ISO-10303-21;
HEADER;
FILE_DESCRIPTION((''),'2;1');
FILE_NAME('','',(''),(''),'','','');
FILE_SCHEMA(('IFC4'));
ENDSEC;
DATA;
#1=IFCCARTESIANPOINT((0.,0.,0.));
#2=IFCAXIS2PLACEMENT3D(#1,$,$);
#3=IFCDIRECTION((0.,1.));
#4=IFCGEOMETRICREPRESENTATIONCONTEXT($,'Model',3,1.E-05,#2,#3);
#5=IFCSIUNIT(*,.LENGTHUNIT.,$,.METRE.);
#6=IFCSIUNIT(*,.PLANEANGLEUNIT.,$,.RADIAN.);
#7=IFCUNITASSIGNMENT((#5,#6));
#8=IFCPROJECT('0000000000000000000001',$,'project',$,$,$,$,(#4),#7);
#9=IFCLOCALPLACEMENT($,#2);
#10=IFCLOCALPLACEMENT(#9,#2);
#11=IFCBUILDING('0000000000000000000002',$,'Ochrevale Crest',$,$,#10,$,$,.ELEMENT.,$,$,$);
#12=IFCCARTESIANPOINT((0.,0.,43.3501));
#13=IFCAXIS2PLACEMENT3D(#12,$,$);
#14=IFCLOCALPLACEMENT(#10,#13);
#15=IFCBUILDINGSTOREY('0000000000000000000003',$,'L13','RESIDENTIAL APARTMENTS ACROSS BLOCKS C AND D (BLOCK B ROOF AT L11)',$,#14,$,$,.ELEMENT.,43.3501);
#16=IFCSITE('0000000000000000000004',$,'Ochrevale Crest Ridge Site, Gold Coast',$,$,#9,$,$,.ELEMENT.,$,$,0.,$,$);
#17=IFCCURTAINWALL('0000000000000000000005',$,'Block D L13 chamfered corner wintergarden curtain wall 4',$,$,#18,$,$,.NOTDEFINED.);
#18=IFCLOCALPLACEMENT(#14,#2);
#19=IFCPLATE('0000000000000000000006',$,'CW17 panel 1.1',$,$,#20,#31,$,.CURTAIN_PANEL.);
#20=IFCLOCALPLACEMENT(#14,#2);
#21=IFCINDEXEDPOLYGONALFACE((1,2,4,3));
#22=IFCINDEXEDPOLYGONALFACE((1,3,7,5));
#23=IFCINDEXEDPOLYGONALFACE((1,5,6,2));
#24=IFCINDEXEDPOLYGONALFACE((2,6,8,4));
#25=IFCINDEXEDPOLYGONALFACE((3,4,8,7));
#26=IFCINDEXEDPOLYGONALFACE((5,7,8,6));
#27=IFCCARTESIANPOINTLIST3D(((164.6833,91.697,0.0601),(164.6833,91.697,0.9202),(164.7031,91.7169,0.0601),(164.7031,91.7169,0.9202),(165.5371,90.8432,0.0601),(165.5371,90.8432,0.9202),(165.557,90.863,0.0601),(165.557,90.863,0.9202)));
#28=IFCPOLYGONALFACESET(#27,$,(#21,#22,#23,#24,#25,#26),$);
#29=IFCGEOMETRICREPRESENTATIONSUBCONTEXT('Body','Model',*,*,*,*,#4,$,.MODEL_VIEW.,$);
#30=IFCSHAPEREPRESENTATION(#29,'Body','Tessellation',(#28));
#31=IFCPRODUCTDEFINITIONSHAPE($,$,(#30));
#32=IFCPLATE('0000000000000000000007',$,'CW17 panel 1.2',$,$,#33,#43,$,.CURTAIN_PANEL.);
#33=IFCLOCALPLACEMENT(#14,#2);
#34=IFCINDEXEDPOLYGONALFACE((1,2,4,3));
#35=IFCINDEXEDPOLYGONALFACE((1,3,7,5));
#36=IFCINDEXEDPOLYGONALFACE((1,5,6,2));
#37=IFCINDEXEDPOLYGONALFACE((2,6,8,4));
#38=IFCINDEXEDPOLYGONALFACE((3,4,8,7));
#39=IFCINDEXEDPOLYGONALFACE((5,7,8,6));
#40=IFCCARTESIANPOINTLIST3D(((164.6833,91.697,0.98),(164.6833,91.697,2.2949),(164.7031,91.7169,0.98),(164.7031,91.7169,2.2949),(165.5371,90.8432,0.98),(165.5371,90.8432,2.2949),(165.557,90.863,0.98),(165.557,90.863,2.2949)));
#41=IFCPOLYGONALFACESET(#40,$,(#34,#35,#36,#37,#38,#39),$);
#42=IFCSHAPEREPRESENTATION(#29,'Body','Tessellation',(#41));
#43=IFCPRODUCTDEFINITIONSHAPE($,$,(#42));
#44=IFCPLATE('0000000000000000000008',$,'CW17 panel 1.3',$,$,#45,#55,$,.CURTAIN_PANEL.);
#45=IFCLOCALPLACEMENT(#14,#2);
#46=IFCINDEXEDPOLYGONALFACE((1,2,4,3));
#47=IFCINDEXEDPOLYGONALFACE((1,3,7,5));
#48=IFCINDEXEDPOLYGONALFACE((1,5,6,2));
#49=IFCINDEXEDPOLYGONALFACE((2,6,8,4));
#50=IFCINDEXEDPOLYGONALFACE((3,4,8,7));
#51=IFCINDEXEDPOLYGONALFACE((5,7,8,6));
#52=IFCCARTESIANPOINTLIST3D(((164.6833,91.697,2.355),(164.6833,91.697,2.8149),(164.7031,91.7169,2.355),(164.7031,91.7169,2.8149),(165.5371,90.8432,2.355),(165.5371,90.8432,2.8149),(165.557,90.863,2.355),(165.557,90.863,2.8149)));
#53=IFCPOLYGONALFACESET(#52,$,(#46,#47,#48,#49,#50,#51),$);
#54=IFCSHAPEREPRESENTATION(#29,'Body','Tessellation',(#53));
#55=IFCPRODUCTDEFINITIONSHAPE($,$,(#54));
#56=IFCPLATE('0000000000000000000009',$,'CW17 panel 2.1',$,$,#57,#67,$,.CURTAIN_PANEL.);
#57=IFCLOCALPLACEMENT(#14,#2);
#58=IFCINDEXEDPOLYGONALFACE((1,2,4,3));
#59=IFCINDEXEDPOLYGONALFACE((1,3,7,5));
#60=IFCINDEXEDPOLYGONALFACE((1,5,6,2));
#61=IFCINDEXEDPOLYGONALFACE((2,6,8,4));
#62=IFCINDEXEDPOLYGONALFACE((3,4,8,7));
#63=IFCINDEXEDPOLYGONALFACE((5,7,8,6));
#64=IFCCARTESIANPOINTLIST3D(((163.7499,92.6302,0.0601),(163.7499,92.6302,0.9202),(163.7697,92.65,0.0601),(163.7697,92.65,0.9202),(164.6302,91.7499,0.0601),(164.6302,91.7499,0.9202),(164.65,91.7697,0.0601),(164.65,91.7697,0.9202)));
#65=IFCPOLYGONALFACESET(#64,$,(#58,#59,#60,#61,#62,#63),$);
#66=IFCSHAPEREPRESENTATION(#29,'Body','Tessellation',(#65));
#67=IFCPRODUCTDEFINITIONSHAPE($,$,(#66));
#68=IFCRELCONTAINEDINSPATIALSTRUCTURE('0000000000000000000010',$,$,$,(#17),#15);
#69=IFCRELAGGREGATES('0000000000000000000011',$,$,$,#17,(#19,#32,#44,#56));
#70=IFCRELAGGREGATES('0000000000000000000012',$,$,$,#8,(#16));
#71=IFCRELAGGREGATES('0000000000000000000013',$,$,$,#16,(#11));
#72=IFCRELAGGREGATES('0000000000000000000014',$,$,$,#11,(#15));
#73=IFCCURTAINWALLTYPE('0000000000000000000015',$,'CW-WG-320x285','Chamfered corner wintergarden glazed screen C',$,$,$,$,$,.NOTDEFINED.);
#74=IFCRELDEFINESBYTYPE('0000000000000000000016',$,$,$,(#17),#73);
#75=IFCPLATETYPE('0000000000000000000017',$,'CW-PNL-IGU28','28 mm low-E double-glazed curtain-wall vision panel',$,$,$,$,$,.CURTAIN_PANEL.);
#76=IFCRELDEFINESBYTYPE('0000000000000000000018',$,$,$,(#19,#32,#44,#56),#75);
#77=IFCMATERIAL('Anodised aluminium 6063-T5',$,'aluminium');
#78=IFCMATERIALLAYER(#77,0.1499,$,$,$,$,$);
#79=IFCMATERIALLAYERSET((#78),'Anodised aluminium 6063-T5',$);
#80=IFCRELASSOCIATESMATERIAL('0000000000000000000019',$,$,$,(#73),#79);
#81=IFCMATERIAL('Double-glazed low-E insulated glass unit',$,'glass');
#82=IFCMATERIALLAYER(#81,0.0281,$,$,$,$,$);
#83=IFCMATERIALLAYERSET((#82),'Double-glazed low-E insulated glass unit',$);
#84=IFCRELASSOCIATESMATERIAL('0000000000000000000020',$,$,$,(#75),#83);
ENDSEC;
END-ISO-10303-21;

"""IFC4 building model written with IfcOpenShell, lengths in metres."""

from ifc_helpers import new_model, si_unit, direction, frame, origin, origin_2d, place, context, subcontext, project, spatial, rectangle, extrude, material, layer, layer_set, type_object, element, aggregate, save


model = new_model("IFC4")

# Units and contexts
model_context = context("Model", 3, precision=1e-05, world=origin(), true_north=direction((0.0, 1.0)))
body_context = subcontext(model_context, "Body", "Model", "MODEL_VIEW")
ifc_project = project(units=[si_unit("LENGTHUNIT", "METRE"), si_unit("PLANEANGLEUNIT", "RADIAN")], contexts=[model_context])

# Site, building, storey
site_placement = place(None, origin())
site = spatial("IfcSite", under=ifc_project, at=site_placement, Name="Ochrevale Crest Ridge Site, Gold Coast", CompositionType="ELEMENT", RefElevation=0.0)
building_placement = place(site_placement, origin())
building = spatial("IfcBuilding", under=site, at=building_placement, Name="Ochrevale Crest", CompositionType="ELEMENT")
storey_placement = place(building_placement, frame((0.0, 0.0, 43.3501)))
storey = spatial("IfcBuildingStorey", under=building, at=storey_placement, Name="L13", Description="RESIDENTIAL APARTMENTS ACROSS BLOCKS C AND D (BLOCK B ROOF AT L11)", CompositionType="ELEMENT", Elevation=43.3501)

# Curtain wall, plates
ifc_material_1 = material(Name="Anodised aluminium 6063-T5", Category="aluminium")
ifc_layer_1 = layer(ifc_material_1, 0.1499)
ifc_layer_set_1 = layer_set([ifc_layer_1], Name="Anodised aluminium 6063-T5")
curtain_wall_type = type_object("IfcCurtainWallType", Name="CW-WG-320x285", Description="Chamfered corner wintergarden glazed screen C", PredefinedType="NOTDEFINED", material=ifc_layer_set_1)
curtain_wall_placement = place(storey_placement, origin())
curtain_wall = element("IfcCurtainWall", 1, at=curtain_wall_placement, inside=storey, type_object=curtain_wall_type, Name="Block D L13 chamfered corner wintergarden curtain wall 4", PredefinedType="NOTDEFINED")
ifc_material_2 = material(Name="Double-glazed low-E insulated glass unit", Category="glass")
ifc_layer_2 = layer(ifc_material_2, 0.0281)
ifc_layer_set_2 = layer_set([ifc_layer_2], Name="Double-glazed low-E insulated glass unit")
plate_type = type_object("IfcPlateType", Name="CW-PNL-IGU28", Description="28 mm low-E double-glazed curtain-wall vision panel", PredefinedType="CURTAIN_PANEL", material=ifc_layer_set_2)
plate_1_placement = place(storey_placement, frame((165.1201, 91.28, 0.0601), z_axis=(0.0, 0.0, 1.0), x_axis=(-0.707107, 0.707107, 0.0)))
plate_1 = element("IfcPlate", 2, at=plate_1_placement, type_object=plate_type, Name="CW17 panel 1.1", PredefinedType="CURTAIN_PANEL", context=body_context, shape_type="SweptSolid", body=[
    extrude(rectangle(XDim=1.2075, YDim=0.0281, at=origin_2d()), origin(), (0.0, 0.0, 1.0), 0.8601),
])
plate_2_placement = place(storey_placement, frame((165.1201, 91.28, 0.98), z_axis=(0.0, 0.0, 1.0), x_axis=(-0.707107, 0.707107, 0.0)))
plate_2 = element("IfcPlate", 3, at=plate_2_placement, type_object=plate_type, Name="CW17 panel 1.2", PredefinedType="CURTAIN_PANEL", context=body_context, shape_type="SweptSolid", body=[
    extrude(rectangle(XDim=1.2075, YDim=0.0281, at=origin_2d()), origin(), (0.0, 0.0, 1.0), 1.3149),
])
plate_3_placement = place(storey_placement, frame((165.1201, 91.28, 2.355), z_axis=(0.0, 0.0, 1.0), x_axis=(-0.707107, 0.707107, 0.0)))
plate_3 = element("IfcPlate", 4, at=plate_3_placement, type_object=plate_type, Name="CW17 panel 1.3", PredefinedType="CURTAIN_PANEL", context=body_context, shape_type="SweptSolid", body=[
    extrude(rectangle(XDim=1.2075, YDim=0.0281, at=origin_2d()), origin(), (0.0, 0.0, 1.0), 0.46),
])
plate_4_placement = place(storey_placement, frame((164.2, 92.2, 0.0601), z_axis=(0.0, 0.0, 1.0), x_axis=(-0.707107, 0.707107, 0.0)))
plate_4 = element("IfcPlate", 5, at=plate_4_placement, type_object=plate_type, Name="CW17 panel 2.1", PredefinedType="CURTAIN_PANEL", context=body_context, shape_type="SweptSolid", body=[
    extrude(rectangle(XDim=1.2449, YDim=0.0281, at=origin_2d()), origin(), (0.0, 0.0, 1.0), 0.8601),
])
aggregate(curtain_wall, [plate_1, plate_2, plate_3, plate_4])

save(model, "model.ifc")
